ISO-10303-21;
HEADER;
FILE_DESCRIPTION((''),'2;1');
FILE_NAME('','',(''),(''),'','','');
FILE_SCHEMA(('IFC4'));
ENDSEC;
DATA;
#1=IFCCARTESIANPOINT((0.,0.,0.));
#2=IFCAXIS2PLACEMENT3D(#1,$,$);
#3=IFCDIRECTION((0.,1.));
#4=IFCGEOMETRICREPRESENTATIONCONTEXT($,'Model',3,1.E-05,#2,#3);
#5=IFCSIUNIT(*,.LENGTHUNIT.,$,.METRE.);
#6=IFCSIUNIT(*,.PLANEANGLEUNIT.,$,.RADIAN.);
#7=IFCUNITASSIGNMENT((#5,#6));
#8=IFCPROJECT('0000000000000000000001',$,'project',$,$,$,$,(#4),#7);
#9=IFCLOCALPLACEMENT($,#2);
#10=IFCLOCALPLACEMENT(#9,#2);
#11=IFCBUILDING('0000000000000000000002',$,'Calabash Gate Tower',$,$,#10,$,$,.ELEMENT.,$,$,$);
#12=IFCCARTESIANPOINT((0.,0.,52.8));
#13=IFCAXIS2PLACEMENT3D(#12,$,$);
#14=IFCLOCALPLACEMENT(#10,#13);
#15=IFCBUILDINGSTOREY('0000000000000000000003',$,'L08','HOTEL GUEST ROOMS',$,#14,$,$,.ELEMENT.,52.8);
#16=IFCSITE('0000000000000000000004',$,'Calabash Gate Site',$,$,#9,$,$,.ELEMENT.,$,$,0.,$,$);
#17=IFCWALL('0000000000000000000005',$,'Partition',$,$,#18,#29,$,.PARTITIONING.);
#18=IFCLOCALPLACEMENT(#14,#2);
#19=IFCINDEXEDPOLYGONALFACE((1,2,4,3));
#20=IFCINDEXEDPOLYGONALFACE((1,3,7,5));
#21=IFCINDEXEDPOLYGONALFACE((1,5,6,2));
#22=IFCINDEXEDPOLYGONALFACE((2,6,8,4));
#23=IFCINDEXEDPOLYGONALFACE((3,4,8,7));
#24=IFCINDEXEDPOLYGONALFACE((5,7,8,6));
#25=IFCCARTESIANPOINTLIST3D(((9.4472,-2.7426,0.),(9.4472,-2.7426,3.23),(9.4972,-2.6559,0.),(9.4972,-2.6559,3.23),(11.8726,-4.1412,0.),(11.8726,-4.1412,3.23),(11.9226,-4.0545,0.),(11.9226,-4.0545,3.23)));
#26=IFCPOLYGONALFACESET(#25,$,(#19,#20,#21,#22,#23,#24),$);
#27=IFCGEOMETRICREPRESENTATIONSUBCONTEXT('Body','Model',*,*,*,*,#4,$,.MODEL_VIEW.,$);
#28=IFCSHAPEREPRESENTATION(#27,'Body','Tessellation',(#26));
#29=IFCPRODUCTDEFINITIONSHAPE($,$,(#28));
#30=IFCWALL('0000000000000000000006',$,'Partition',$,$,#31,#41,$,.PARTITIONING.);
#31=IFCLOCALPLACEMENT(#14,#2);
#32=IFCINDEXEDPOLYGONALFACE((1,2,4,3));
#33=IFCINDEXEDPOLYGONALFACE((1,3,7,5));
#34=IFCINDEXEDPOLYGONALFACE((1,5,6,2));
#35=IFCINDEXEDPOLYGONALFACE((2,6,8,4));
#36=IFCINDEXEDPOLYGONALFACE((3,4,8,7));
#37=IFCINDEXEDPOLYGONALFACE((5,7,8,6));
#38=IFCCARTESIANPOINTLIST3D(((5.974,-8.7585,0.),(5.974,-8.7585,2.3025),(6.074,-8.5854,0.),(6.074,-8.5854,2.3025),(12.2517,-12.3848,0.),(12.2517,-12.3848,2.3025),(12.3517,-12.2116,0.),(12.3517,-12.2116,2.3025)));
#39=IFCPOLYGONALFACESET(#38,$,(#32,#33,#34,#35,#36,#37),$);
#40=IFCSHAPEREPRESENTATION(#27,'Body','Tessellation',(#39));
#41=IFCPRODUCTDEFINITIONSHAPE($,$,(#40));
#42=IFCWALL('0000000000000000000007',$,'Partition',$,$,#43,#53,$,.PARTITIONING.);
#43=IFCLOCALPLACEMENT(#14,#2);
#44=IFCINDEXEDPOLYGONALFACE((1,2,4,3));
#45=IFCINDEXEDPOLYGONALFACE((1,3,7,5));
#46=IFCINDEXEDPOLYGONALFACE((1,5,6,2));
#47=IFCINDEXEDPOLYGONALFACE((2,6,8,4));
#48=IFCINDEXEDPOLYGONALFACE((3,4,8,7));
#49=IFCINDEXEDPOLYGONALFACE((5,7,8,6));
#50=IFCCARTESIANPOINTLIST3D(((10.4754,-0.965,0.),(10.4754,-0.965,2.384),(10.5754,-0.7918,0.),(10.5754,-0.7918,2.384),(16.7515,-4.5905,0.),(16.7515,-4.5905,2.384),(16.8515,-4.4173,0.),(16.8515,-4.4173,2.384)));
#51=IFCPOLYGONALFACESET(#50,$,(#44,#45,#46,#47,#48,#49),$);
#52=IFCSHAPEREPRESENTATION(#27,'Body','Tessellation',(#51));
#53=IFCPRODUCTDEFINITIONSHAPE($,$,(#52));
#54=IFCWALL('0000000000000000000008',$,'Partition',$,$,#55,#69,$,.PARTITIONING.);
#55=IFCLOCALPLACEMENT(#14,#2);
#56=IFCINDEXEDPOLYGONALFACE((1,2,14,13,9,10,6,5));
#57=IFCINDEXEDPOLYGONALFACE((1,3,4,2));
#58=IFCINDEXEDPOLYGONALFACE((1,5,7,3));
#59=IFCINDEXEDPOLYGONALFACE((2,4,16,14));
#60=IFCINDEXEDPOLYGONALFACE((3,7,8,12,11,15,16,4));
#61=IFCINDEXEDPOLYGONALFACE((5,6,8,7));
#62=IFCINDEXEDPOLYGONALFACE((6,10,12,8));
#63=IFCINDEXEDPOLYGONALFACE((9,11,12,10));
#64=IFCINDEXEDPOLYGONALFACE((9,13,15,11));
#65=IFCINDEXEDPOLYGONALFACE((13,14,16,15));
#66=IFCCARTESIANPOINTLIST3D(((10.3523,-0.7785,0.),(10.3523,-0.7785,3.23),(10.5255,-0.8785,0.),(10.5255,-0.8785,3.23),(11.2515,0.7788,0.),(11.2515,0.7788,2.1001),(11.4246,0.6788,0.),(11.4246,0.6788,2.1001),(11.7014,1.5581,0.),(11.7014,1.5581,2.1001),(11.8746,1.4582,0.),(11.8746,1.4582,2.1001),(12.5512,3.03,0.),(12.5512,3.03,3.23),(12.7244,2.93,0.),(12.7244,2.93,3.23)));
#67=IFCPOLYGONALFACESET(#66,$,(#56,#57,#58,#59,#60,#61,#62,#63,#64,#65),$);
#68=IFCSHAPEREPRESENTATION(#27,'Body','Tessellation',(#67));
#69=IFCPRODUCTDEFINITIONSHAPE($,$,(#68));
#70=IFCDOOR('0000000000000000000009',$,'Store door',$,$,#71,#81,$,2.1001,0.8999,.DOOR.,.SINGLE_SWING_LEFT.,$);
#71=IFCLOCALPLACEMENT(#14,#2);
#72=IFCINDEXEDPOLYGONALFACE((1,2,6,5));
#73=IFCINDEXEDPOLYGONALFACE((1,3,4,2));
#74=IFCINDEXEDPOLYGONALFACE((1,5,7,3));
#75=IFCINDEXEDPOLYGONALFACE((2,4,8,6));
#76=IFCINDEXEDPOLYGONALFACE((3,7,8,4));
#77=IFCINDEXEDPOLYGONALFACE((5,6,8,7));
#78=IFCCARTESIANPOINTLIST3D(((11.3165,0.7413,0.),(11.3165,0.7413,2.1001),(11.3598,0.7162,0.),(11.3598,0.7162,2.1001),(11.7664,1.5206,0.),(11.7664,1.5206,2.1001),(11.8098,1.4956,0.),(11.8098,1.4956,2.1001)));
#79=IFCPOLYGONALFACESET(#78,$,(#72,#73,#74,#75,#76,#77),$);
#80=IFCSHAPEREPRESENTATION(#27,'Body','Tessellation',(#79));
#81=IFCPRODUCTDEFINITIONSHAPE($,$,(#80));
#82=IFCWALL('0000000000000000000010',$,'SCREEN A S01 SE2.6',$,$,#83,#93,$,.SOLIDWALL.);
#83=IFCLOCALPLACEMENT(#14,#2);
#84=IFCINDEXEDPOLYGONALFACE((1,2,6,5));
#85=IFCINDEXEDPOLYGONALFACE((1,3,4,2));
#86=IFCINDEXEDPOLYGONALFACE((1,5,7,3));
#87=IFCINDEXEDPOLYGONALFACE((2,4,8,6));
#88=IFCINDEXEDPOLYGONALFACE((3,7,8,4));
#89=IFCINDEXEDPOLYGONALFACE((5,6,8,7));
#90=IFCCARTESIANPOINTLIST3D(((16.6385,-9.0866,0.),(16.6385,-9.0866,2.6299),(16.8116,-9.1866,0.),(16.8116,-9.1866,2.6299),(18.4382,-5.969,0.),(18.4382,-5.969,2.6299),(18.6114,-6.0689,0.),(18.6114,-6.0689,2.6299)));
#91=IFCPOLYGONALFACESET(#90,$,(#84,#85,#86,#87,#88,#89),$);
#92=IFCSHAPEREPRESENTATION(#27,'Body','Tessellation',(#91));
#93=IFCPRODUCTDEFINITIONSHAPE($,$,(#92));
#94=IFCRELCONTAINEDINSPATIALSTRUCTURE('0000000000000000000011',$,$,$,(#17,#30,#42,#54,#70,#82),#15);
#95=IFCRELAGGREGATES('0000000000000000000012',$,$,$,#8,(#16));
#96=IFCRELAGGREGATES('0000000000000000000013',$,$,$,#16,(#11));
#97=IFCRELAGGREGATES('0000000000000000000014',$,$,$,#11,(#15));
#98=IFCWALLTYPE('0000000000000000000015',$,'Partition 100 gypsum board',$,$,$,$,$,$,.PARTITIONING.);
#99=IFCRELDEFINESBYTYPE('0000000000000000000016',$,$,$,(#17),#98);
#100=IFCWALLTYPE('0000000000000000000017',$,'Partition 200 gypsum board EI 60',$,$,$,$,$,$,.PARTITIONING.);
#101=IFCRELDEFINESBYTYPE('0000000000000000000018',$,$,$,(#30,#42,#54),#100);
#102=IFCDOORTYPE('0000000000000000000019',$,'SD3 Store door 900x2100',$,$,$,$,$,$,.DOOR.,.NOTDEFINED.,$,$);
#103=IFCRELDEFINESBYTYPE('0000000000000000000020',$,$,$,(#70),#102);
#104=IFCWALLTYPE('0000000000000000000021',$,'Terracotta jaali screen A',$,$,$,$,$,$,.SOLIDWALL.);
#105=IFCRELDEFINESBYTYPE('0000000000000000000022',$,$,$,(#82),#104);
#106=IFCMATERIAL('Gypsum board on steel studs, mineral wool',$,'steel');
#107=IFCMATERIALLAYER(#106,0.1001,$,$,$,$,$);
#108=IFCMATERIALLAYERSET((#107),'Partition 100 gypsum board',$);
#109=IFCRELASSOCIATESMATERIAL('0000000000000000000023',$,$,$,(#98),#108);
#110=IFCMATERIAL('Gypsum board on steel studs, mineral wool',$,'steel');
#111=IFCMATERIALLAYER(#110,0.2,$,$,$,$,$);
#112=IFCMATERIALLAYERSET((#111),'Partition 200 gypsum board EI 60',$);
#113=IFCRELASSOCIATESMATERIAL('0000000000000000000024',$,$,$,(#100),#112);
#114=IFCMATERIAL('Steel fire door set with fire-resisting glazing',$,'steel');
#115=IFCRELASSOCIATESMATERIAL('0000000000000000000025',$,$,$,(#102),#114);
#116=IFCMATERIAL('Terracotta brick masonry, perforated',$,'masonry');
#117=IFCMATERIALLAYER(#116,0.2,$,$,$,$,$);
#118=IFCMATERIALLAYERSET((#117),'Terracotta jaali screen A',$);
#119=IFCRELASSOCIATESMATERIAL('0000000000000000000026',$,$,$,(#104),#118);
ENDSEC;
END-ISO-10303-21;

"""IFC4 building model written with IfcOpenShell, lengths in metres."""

from ifc_helpers import new_model, si_unit, direction, frame, frame_2d, origin, place, context, subcontext, project, spatial, rectangle, extrude, material, layer, layer_set, type_object, element, fill, save


model = new_model("IFC4")

# Units and contexts
model_context = context("Model", 3, precision=1e-05, world=origin(), true_north=direction((0.0, 1.0)))
body_context = subcontext(model_context, "Body", "Model", "MODEL_VIEW")
ifc_project = project(units=[si_unit("LENGTHUNIT", "METRE"), si_unit("PLANEANGLEUNIT", "RADIAN")], contexts=[model_context])

# Site, building, storey
site_placement = place(None, origin())
site = spatial("IfcSite", under=ifc_project, at=site_placement, Name="Calabash Gate Site", CompositionType="ELEMENT", RefElevation=0.0)
building_placement = place(site_placement, origin())
building = spatial("IfcBuilding", under=site, at=building_placement, Name="Calabash Gate Tower", CompositionType="ELEMENT")
storey_placement = place(building_placement, frame((0.0, 0.0, 52.8)))
storey = spatial("IfcBuildingStorey", under=building, at=storey_placement, Name="L08", Description="HOTEL GUEST ROOMS", CompositionType="ELEMENT", Elevation=52.8)

# Shared definitions
ifc_material_1 = material(Name="Gypsum board on steel studs, mineral wool", Category="steel")
ifc_layer_1 = layer(ifc_material_1, 0.1001)
ifc_layer_set_1 = layer_set([ifc_layer_1], Name="Partition 100 gypsum board")
wall_type_1 = type_object("IfcWallType", Name="Partition 100 gypsum board", PredefinedType="PARTITIONING", material=ifc_layer_set_1)

# Walls
wall_1_placement = place(storey_placement, frame((9.4722, -2.6992, 0.0), z_axis=(0.0, 0.0, 1.0), x_axis=(0.866289, -0.499544, 0.0)))
element("IfcWall", 1, at=wall_1_placement, inside=storey, type_object=wall_type_1, Name="Partition", PredefinedType="PARTITIONING", context=body_context, shape_type="SweptSolid", body=[
    extrude(rectangle(XDim=2.7998, YDim=0.1001, at=frame_2d((1.3999, 0.0))), origin(), (0.0, 0.0, 1.0), 3.23),
])
ifc_material_2 = material(Name="Gypsum board on steel studs, mineral wool", Category="steel")
ifc_layer_2 = layer(ifc_material_2, 0.2)
ifc_layer_set_2 = layer_set([ifc_layer_2], Name="Partition 200 gypsum board EI 60")
wall_type_2 = type_object("IfcWallType", Name="Partition 200 gypsum board EI 60", PredefinedType="PARTITIONING", material=ifc_layer_set_2)
wall_2_placement = place(storey_placement, frame((6.0239, -8.6719, 0.0), z_axis=(0.0, 0.0, 1.0), x_axis=(0.865915, -0.500192, 0.0)))
element("IfcWall", 2, at=wall_2_placement, inside=storey, type_object=wall_type_2, Name="Partition", PredefinedType="PARTITIONING", context=body_context, shape_type="SweptSolid", body=[
    extrude(rectangle(XDim=7.2498, YDim=0.2, at=frame_2d((3.625, 0.0))), origin(), (0.0, 0.0, 1.0), 2.3025),
])
wall_3_placement = place(storey_placement, frame((10.5254, -0.8784, 0.0), z_axis=(0.0, 0.0, 1.0), x_axis=(0.865908, -0.500204, 0.0)))
element("IfcWall", 3, at=wall_3_placement, inside=storey, type_object=wall_type_2, Name="Partition", PredefinedType="PARTITIONING", context=body_context, shape_type="SweptSolid", body=[
    extrude(rectangle(XDim=7.248, YDim=0.2, at=frame_2d((3.624, 0.0))), origin(), (0.0, 0.0, 1.0), 2.384),
])

# Wall, opening, door
wall_4_placement = place(storey_placement, frame((10.439, -0.8284, 0.0), z_axis=(0.0, 0.0, 1.0), x_axis=(0.500014, 0.866017, 0.0)))
wall_4 = element("IfcWall", 4, at=wall_4_placement, inside=storey, type_object=wall_type_2, Name="Partition", PredefinedType="PARTITIONING", context=body_context, shape_type="SweptSolid", body=[
    extrude(rectangle(XDim=4.3977, YDim=0.2, at=frame_2d((2.1987, 0.0))), origin(), (0.0, 0.0, 1.0), 3.23),
])
opening_1_placement = place(wall_4_placement, frame((1.7981, 0.0, 0.0)))
opening_1 = element("IfcOpeningElement", 5, at=opening_1_placement, cuts=wall_4, PredefinedType="OPENING", context=body_context, shape_type="SweptSolid", body=[
    extrude(rectangle(XDim=0.8999, YDim=2.1001, at=frame_2d((0.45, 1.05))), frame((0.0, 0.1099, 0.0), z_axis=(0.0, -1.0, 0.0), x_axis=(1.0, 0.0, 0.0)), (0.0, 0.0, 1.0), 0.22),
])
ifc_material_3 = material(Name="Steel fire door set with fire-resisting glazing", Category="steel")
door_type_1 = type_object("IfcDoorType", Name="SD3 Store door 900x2100", OperationType="NOTDEFINED", PredefinedType="DOOR", material=ifc_material_3)
door_1_placement = place(opening_1_placement, origin())
door_1 = element("IfcDoor", 6, at=door_1_placement, inside=storey, type_object=door_type_1, Name="Store door", OperationType="SINGLE_SWING_LEFT", OverallHeight=2.1001, OverallWidth=0.8999, PredefinedType="DOOR", context=body_context, shape_type="SweptSolid", body=[
    extrude(rectangle(XDim=0.8999, YDim=2.1001, at=frame_2d((0.45, 1.05))), frame((0.0, 0.0249, 0.0), z_axis=(0.0, -1.0, 0.0), x_axis=(1.0, 0.0, 0.0)), (0.0, 0.0, 1.0), 0.05),
])
fill(opening_1, door_1)

# Wall
ifc_material_4 = material(Name="Terracotta brick masonry, perforated", Category="masonry")
ifc_layer_3 = layer(ifc_material_4, 0.2)
ifc_layer_set_3 = layer_set([ifc_layer_3], Name="Terracotta jaali screen A")
wall_type_3 = type_object("IfcWallType", Name="Terracotta jaali screen A", PredefinedType="SOLIDWALL", material=ifc_layer_set_3)
wall_5_placement = place(storey_placement, frame((16.7251, -9.1365, 0.0), z_axis=(0.0, 0.0, 1.0), x_axis=(0.499961, 0.866048, 0.0)))
element("IfcWall", 7, at=wall_5_placement, inside=storey, type_object=wall_type_3, Name="SCREEN A S01 SE2.6", PredefinedType="SOLIDWALL", context=body_context, shape_type="SweptSolid", body=[
    extrude(rectangle(XDim=3.5999, YDim=0.2, at=frame_2d((1.7998, 0.0))), origin(), (0.0, 0.0, 1.0), 2.6299),
])

save(model, "model.ifc")
